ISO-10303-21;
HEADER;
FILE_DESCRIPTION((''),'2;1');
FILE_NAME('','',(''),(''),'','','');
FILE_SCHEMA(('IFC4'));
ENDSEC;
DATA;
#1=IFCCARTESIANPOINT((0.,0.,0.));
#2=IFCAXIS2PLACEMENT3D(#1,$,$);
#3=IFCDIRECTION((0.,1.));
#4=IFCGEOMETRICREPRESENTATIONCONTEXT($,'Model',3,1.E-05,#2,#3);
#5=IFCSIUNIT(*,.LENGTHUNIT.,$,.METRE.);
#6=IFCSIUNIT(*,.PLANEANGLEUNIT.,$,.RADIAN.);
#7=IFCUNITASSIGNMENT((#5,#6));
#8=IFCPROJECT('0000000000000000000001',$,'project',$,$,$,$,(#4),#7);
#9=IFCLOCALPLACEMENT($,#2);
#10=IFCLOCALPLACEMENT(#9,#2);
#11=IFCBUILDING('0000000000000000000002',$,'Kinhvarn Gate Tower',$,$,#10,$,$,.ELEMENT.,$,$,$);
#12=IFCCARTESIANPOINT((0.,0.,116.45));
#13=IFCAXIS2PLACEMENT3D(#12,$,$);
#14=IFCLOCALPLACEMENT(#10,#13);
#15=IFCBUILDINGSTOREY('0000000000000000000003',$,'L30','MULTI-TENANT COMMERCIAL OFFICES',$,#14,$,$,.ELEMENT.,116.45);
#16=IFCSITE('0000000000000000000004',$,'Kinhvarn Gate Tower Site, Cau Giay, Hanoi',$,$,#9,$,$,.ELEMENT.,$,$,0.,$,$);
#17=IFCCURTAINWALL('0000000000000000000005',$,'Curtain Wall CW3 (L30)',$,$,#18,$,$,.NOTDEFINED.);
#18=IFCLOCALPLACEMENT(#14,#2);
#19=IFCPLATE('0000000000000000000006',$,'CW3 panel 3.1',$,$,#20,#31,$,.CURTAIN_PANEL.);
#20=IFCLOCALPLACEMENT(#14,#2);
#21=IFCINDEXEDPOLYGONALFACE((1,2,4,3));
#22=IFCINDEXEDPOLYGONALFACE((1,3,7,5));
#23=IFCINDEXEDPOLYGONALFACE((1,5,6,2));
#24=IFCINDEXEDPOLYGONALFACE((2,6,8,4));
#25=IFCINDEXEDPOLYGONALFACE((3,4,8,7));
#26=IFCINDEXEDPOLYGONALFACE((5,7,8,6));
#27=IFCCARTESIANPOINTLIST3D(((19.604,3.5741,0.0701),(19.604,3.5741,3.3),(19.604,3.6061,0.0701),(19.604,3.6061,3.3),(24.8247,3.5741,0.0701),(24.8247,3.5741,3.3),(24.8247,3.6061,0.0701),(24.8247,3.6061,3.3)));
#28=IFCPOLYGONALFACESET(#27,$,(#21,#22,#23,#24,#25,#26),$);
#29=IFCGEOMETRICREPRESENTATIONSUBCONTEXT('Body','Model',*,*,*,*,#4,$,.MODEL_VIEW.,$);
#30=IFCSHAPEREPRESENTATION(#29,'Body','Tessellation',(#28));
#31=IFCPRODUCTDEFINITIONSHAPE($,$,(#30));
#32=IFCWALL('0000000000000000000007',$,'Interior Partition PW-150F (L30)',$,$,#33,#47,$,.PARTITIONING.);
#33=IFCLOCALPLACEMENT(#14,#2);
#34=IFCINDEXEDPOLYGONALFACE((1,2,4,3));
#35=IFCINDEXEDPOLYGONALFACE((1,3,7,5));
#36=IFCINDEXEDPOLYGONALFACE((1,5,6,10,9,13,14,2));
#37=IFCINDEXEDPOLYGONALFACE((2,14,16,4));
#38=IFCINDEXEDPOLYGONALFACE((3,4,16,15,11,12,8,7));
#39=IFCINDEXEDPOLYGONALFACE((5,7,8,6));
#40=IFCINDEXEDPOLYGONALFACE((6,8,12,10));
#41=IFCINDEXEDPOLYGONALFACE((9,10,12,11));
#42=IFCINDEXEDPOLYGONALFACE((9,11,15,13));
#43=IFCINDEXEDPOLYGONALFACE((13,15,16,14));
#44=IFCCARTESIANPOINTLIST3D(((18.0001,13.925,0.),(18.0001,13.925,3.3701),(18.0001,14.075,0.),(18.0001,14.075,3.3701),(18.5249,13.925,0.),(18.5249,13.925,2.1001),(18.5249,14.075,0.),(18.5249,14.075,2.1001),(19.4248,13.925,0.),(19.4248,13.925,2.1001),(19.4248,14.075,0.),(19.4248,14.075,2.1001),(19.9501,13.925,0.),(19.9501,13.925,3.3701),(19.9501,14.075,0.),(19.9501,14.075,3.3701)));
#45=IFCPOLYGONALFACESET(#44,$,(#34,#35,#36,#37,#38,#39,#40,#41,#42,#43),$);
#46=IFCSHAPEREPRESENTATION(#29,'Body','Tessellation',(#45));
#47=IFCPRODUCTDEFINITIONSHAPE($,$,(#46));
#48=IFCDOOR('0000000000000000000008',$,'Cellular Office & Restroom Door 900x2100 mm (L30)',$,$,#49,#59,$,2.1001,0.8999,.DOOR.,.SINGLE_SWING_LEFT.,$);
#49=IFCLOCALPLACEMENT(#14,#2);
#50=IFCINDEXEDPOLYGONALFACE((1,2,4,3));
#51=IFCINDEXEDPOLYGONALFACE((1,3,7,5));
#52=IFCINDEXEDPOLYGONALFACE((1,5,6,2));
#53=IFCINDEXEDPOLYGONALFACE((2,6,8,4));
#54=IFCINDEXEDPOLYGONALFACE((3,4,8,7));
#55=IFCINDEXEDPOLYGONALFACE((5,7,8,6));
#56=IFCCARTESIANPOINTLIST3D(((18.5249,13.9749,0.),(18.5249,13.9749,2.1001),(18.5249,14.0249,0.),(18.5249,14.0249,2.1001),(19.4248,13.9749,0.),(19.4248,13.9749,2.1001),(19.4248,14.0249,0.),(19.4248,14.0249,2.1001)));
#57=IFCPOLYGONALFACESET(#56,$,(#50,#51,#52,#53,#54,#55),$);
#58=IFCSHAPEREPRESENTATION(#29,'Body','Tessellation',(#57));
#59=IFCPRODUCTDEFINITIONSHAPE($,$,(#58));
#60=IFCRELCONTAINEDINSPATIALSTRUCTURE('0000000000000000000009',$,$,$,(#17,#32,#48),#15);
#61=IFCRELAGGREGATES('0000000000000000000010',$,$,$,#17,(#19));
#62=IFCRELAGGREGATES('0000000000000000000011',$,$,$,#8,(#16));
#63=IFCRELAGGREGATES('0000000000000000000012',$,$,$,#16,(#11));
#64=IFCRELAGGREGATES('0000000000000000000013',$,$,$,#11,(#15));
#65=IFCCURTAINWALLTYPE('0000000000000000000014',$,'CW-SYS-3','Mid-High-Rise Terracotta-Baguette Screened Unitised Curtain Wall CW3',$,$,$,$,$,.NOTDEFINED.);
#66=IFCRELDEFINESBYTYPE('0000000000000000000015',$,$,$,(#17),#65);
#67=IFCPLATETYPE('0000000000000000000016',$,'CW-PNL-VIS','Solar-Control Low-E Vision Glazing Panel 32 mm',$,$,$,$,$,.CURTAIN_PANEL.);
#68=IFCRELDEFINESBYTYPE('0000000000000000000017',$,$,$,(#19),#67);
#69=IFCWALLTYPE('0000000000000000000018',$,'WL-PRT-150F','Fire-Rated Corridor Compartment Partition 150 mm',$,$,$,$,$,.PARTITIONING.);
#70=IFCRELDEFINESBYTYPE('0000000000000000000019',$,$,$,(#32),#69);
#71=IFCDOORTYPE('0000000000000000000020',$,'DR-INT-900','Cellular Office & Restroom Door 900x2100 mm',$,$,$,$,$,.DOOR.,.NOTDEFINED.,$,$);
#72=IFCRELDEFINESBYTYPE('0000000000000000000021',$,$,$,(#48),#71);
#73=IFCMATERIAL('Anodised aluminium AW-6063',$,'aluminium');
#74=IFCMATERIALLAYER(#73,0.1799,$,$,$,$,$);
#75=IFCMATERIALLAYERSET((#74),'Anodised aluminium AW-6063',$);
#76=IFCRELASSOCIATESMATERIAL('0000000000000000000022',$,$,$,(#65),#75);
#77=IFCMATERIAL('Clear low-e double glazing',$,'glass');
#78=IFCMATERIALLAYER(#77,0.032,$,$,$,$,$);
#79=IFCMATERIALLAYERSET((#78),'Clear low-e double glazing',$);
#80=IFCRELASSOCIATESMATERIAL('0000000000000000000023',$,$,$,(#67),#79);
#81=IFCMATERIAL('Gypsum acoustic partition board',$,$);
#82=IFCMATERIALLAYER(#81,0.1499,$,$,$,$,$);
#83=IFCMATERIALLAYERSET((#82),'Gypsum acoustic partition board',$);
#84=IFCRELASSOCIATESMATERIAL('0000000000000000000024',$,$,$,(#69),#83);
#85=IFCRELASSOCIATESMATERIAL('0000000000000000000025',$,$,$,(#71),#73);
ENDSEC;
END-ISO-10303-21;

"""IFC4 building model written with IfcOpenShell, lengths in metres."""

from ifc_helpers import new_model, si_unit, direction, frame, frame_2d, origin, origin_2d, place, context, subcontext, project, spatial, rectangle, extrude, material, layer, layer_set, type_object, element, fill, aggregate, save


model = new_model("IFC4")

# Units and contexts
model_context = context("Model", 3, precision=1e-05, world=origin(), true_north=direction((0.0, 1.0)))
body_context = subcontext(model_context, "Body", "Model", "MODEL_VIEW")
ifc_project = project(units=[si_unit("LENGTHUNIT", "METRE"), si_unit("PLANEANGLEUNIT", "RADIAN")], contexts=[model_context])

# Site, building, storey
site_placement = place(None, origin())
site = spatial("IfcSite", under=ifc_project, at=site_placement, Name="Kinhvarn Gate Tower Site, Cau Giay, Hanoi", CompositionType="ELEMENT", RefElevation=0.0)
building_placement = place(site_placement, origin())
building = spatial("IfcBuilding", under=site, at=building_placement, Name="Kinhvarn Gate Tower", CompositionType="ELEMENT")
storey_placement = place(building_placement, frame((0.0, 0.0, 116.45)))
storey = spatial("IfcBuildingStorey", under=building, at=storey_placement, Name="L30", Description="MULTI-TENANT COMMERCIAL OFFICES", CompositionType="ELEMENT", Elevation=116.45)

# Curtain wall
ifc_material_1 = material(Name="Anodised aluminium AW-6063", Category="aluminium")
ifc_layer_1 = layer(ifc_material_1, 0.1799)
ifc_layer_set_1 = layer_set([ifc_layer_1], Name="Anodised aluminium AW-6063")
curtain_wall_type = type_object("IfcCurtainWallType", Name="CW-SYS-3", Description="Mid-High-Rise Terracotta-Baguette Screened Unitised Curtain Wall CW3", PredefinedType="NOTDEFINED", material=ifc_layer_set_1)
curtain_wall_placement = place(storey_placement, origin())
curtain_wall = element("IfcCurtainWall", 1, at=curtain_wall_placement, inside=storey, type_object=curtain_wall_type, Name="Curtain Wall CW3 (L30)", PredefinedType="NOTDEFINED")

# Plate
ifc_material_2 = material(Name="Clear low-e double glazing", Category="glass")
ifc_layer_2 = layer(ifc_material_2, 0.032)
ifc_layer_set_2 = layer_set([ifc_layer_2], Name="Clear low-e double glazing")
plate_type = type_object("IfcPlateType", Name="CW-PNL-VIS", Description="Solar-Control Low-E Vision Glazing Panel 32 mm", PredefinedType="CURTAIN_PANEL", material=ifc_layer_set_2)
plate_1_placement = place(storey_placement, frame((22.2144, 3.5901, 0.0701), z_axis=(0.0, 0.0, 1.0), x_axis=(1.0, 0.0, 0.0)))
plate_1 = element("IfcPlate", 2, at=plate_1_placement, type_object=plate_type, Name="CW3 panel 3.1", PredefinedType="CURTAIN_PANEL", context=body_context, shape_type="SweptSolid", body=[
    extrude(rectangle(XDim=5.2207, YDim=0.032, at=origin_2d()), origin(), (0.0, 0.0, 1.0), 3.23),
])
aggregate(curtain_wall, [plate_1])

# Wall, opening, door
ifc_material_3 = material(Name="Gypsum acoustic partition board")
ifc_layer_3 = layer(ifc_material_3, 0.1499)
ifc_layer_set_3 = layer_set([ifc_layer_3], Name="Gypsum acoustic partition board")
wall_type = type_object("IfcWallType", Name="WL-PRT-150F", Description="Fire-Rated Corridor Compartment Partition 150 mm", PredefinedType="PARTITIONING", material=ifc_layer_set_3)
wall_placement = place(storey_placement, frame((18.0, 14.0, 0.0), z_axis=(0.0, 0.0, 1.0), x_axis=(1.0, 0.0, 0.0)))
wall = element("IfcWall", 3, at=wall_placement, inside=storey, type_object=wall_type, Name="Interior Partition PW-150F (L30)", PredefinedType="PARTITIONING", context=body_context, shape_type="SweptSolid", body=[
    extrude(rectangle(XDim=1.95, YDim=0.1499, at=frame_2d((0.9751, 0.0))), origin(), (0.0, 0.0, 1.0), 3.3701),
])
opening_placement = place(wall_placement, frame((0.5249, 0.0, 0.0)))
opening = element("IfcOpeningElement", 4, at=opening_placement, cuts=wall, PredefinedType="OPENING", context=body_context, shape_type="SweptSolid", body=[
    extrude(rectangle(XDim=0.8999, YDim=2.1001, at=frame_2d((0.45, 1.05))), frame((0.0, 0.085, 0.0), z_axis=(0.0, -1.0, 0.0), x_axis=(1.0, 0.0, 0.0)), (0.0, 0.0, 1.0), 0.1699),
])
door_type = type_object("IfcDoorType", Name="DR-INT-900", Description="Cellular Office & Restroom Door 900x2100 mm", OperationType="NOTDEFINED", PredefinedType="DOOR", material=ifc_material_1)
door_placement = place(opening_placement, origin())
door = element("IfcDoor", 5, at=door_placement, inside=storey, type_object=door_type, Name="Cellular Office & Restroom Door 900x2100 mm (L30)", OperationType="SINGLE_SWING_LEFT", OverallHeight=2.1001, OverallWidth=0.8999, PredefinedType="DOOR", context=body_context, shape_type="SweptSolid", body=[
    extrude(rectangle(XDim=0.8999, YDim=2.1001, at=frame_2d((0.45, 1.05))), frame((0.0, 0.0249, 0.0), z_axis=(0.0, -1.0, 0.0), x_axis=(1.0, 0.0, 0.0)), (0.0, 0.0, 1.0), 0.05),
])
fill(opening, door)

save(model, "model.ifc")
